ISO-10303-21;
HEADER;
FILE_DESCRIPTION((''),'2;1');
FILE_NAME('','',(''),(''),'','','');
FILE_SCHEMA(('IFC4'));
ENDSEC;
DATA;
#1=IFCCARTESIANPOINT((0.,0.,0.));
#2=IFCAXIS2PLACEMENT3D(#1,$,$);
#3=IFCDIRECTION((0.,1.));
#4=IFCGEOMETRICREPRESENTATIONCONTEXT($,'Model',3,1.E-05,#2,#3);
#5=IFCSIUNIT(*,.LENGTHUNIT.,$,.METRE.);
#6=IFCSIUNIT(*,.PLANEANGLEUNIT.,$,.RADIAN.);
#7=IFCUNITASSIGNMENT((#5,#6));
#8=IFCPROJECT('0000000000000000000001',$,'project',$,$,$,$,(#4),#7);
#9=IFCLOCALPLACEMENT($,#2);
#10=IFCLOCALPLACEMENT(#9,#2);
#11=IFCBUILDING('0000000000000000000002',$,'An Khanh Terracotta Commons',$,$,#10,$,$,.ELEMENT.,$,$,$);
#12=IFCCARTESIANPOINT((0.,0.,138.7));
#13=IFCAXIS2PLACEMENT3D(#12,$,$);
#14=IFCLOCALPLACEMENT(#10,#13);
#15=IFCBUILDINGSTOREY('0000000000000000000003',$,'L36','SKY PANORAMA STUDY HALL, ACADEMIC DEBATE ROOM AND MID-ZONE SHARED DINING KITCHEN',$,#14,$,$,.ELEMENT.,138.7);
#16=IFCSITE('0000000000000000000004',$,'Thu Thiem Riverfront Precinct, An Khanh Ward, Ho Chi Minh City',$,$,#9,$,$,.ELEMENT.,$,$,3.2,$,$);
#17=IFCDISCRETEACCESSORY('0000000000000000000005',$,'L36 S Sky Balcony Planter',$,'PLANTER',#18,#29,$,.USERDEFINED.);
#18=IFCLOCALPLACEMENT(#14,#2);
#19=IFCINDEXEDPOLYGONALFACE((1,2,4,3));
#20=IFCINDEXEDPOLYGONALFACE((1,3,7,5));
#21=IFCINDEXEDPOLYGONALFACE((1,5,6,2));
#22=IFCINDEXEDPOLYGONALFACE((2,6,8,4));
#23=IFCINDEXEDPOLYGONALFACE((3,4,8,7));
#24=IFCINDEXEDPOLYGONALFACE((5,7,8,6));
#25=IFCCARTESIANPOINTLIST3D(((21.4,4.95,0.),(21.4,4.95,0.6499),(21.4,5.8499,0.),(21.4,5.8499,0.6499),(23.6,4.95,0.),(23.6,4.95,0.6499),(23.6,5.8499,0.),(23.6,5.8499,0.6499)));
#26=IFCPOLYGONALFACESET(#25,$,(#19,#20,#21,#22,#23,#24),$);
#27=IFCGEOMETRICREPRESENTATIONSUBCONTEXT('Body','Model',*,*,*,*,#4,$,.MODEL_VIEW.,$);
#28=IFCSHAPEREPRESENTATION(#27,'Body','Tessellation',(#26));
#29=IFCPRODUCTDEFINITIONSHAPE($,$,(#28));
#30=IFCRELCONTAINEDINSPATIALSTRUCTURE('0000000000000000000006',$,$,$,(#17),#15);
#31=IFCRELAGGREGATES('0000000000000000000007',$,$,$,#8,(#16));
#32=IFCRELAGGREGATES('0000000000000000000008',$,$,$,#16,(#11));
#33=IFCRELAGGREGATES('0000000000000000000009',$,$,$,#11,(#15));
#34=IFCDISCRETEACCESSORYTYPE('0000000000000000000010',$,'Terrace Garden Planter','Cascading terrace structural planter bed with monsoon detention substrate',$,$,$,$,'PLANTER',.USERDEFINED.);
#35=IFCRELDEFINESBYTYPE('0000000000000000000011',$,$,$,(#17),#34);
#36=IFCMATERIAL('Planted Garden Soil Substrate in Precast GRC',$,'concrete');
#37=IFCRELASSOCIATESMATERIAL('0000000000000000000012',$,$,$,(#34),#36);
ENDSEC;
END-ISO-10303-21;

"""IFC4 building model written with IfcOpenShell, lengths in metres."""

from ifc_helpers import new_model, si_unit, direction, frame, origin, origin_2d, place, context, subcontext, project, spatial, rectangle, extrude, material, type_object, element, save


model = new_model("IFC4")

# Units and contexts
model_context = context("Model", 3, precision=1e-05, world=origin(), true_north=direction((0.0, 1.0)))
body_context = subcontext(model_context, "Body", "Model", "MODEL_VIEW")
ifc_project = project(units=[si_unit("LENGTHUNIT", "METRE"), si_unit("PLANEANGLEUNIT", "RADIAN")], contexts=[model_context])

# Site, building, storey
site_placement = place(None, origin())
site = spatial("IfcSite", under=ifc_project, at=site_placement, Name="Thu Thiem Riverfront Precinct, An Khanh Ward, Ho Chi Minh City", CompositionType="ELEMENT", RefElevation=3.2)
building_placement = place(site_placement, origin())
building = spatial("IfcBuilding", under=site, at=building_placement, Name="An Khanh Terracotta Commons", CompositionType="ELEMENT")
storey_placement = place(building_placement, frame((0.0, 0.0, 138.7)))
storey = spatial("IfcBuildingStorey", under=building, at=storey_placement, Name="L36", Description="SKY PANORAMA STUDY HALL, ACADEMIC DEBATE ROOM AND MID-ZONE SHARED DINING KITCHEN", CompositionType="ELEMENT", Elevation=138.7)

# Discrete accessory
ifc_material_1 = material(Name="Planted Garden Soil Substrate in Precast GRC", Category="concrete")
discrete_accessory_type = type_object("IfcDiscreteAccessoryType", Name="Terrace Garden Planter", Description="Cascading terrace structural planter bed with monsoon detention substrate", ElementType="PLANTER", PredefinedType="USERDEFINED", material=ifc_material_1)
discrete_accessory_placement = place(storey_placement, frame((22.5, 5.3999, 0.0), z_axis=(0.0, 0.0, 1.0), x_axis=(1.0, 0.0, 0.0)))
element("IfcDiscreteAccessory", 1, at=discrete_accessory_placement, inside=storey, type_object=discrete_accessory_type, Name="L36 S Sky Balcony Planter", ObjectType="PLANTER", PredefinedType="USERDEFINED", context=body_context, shape_type="SweptSolid", body=[
    extrude(rectangle(XDim=2.2, YDim=0.8999, at=origin_2d()), origin(), (0.0, 0.0, 1.0), 0.6499),
])

save(model, "model.ifc")
